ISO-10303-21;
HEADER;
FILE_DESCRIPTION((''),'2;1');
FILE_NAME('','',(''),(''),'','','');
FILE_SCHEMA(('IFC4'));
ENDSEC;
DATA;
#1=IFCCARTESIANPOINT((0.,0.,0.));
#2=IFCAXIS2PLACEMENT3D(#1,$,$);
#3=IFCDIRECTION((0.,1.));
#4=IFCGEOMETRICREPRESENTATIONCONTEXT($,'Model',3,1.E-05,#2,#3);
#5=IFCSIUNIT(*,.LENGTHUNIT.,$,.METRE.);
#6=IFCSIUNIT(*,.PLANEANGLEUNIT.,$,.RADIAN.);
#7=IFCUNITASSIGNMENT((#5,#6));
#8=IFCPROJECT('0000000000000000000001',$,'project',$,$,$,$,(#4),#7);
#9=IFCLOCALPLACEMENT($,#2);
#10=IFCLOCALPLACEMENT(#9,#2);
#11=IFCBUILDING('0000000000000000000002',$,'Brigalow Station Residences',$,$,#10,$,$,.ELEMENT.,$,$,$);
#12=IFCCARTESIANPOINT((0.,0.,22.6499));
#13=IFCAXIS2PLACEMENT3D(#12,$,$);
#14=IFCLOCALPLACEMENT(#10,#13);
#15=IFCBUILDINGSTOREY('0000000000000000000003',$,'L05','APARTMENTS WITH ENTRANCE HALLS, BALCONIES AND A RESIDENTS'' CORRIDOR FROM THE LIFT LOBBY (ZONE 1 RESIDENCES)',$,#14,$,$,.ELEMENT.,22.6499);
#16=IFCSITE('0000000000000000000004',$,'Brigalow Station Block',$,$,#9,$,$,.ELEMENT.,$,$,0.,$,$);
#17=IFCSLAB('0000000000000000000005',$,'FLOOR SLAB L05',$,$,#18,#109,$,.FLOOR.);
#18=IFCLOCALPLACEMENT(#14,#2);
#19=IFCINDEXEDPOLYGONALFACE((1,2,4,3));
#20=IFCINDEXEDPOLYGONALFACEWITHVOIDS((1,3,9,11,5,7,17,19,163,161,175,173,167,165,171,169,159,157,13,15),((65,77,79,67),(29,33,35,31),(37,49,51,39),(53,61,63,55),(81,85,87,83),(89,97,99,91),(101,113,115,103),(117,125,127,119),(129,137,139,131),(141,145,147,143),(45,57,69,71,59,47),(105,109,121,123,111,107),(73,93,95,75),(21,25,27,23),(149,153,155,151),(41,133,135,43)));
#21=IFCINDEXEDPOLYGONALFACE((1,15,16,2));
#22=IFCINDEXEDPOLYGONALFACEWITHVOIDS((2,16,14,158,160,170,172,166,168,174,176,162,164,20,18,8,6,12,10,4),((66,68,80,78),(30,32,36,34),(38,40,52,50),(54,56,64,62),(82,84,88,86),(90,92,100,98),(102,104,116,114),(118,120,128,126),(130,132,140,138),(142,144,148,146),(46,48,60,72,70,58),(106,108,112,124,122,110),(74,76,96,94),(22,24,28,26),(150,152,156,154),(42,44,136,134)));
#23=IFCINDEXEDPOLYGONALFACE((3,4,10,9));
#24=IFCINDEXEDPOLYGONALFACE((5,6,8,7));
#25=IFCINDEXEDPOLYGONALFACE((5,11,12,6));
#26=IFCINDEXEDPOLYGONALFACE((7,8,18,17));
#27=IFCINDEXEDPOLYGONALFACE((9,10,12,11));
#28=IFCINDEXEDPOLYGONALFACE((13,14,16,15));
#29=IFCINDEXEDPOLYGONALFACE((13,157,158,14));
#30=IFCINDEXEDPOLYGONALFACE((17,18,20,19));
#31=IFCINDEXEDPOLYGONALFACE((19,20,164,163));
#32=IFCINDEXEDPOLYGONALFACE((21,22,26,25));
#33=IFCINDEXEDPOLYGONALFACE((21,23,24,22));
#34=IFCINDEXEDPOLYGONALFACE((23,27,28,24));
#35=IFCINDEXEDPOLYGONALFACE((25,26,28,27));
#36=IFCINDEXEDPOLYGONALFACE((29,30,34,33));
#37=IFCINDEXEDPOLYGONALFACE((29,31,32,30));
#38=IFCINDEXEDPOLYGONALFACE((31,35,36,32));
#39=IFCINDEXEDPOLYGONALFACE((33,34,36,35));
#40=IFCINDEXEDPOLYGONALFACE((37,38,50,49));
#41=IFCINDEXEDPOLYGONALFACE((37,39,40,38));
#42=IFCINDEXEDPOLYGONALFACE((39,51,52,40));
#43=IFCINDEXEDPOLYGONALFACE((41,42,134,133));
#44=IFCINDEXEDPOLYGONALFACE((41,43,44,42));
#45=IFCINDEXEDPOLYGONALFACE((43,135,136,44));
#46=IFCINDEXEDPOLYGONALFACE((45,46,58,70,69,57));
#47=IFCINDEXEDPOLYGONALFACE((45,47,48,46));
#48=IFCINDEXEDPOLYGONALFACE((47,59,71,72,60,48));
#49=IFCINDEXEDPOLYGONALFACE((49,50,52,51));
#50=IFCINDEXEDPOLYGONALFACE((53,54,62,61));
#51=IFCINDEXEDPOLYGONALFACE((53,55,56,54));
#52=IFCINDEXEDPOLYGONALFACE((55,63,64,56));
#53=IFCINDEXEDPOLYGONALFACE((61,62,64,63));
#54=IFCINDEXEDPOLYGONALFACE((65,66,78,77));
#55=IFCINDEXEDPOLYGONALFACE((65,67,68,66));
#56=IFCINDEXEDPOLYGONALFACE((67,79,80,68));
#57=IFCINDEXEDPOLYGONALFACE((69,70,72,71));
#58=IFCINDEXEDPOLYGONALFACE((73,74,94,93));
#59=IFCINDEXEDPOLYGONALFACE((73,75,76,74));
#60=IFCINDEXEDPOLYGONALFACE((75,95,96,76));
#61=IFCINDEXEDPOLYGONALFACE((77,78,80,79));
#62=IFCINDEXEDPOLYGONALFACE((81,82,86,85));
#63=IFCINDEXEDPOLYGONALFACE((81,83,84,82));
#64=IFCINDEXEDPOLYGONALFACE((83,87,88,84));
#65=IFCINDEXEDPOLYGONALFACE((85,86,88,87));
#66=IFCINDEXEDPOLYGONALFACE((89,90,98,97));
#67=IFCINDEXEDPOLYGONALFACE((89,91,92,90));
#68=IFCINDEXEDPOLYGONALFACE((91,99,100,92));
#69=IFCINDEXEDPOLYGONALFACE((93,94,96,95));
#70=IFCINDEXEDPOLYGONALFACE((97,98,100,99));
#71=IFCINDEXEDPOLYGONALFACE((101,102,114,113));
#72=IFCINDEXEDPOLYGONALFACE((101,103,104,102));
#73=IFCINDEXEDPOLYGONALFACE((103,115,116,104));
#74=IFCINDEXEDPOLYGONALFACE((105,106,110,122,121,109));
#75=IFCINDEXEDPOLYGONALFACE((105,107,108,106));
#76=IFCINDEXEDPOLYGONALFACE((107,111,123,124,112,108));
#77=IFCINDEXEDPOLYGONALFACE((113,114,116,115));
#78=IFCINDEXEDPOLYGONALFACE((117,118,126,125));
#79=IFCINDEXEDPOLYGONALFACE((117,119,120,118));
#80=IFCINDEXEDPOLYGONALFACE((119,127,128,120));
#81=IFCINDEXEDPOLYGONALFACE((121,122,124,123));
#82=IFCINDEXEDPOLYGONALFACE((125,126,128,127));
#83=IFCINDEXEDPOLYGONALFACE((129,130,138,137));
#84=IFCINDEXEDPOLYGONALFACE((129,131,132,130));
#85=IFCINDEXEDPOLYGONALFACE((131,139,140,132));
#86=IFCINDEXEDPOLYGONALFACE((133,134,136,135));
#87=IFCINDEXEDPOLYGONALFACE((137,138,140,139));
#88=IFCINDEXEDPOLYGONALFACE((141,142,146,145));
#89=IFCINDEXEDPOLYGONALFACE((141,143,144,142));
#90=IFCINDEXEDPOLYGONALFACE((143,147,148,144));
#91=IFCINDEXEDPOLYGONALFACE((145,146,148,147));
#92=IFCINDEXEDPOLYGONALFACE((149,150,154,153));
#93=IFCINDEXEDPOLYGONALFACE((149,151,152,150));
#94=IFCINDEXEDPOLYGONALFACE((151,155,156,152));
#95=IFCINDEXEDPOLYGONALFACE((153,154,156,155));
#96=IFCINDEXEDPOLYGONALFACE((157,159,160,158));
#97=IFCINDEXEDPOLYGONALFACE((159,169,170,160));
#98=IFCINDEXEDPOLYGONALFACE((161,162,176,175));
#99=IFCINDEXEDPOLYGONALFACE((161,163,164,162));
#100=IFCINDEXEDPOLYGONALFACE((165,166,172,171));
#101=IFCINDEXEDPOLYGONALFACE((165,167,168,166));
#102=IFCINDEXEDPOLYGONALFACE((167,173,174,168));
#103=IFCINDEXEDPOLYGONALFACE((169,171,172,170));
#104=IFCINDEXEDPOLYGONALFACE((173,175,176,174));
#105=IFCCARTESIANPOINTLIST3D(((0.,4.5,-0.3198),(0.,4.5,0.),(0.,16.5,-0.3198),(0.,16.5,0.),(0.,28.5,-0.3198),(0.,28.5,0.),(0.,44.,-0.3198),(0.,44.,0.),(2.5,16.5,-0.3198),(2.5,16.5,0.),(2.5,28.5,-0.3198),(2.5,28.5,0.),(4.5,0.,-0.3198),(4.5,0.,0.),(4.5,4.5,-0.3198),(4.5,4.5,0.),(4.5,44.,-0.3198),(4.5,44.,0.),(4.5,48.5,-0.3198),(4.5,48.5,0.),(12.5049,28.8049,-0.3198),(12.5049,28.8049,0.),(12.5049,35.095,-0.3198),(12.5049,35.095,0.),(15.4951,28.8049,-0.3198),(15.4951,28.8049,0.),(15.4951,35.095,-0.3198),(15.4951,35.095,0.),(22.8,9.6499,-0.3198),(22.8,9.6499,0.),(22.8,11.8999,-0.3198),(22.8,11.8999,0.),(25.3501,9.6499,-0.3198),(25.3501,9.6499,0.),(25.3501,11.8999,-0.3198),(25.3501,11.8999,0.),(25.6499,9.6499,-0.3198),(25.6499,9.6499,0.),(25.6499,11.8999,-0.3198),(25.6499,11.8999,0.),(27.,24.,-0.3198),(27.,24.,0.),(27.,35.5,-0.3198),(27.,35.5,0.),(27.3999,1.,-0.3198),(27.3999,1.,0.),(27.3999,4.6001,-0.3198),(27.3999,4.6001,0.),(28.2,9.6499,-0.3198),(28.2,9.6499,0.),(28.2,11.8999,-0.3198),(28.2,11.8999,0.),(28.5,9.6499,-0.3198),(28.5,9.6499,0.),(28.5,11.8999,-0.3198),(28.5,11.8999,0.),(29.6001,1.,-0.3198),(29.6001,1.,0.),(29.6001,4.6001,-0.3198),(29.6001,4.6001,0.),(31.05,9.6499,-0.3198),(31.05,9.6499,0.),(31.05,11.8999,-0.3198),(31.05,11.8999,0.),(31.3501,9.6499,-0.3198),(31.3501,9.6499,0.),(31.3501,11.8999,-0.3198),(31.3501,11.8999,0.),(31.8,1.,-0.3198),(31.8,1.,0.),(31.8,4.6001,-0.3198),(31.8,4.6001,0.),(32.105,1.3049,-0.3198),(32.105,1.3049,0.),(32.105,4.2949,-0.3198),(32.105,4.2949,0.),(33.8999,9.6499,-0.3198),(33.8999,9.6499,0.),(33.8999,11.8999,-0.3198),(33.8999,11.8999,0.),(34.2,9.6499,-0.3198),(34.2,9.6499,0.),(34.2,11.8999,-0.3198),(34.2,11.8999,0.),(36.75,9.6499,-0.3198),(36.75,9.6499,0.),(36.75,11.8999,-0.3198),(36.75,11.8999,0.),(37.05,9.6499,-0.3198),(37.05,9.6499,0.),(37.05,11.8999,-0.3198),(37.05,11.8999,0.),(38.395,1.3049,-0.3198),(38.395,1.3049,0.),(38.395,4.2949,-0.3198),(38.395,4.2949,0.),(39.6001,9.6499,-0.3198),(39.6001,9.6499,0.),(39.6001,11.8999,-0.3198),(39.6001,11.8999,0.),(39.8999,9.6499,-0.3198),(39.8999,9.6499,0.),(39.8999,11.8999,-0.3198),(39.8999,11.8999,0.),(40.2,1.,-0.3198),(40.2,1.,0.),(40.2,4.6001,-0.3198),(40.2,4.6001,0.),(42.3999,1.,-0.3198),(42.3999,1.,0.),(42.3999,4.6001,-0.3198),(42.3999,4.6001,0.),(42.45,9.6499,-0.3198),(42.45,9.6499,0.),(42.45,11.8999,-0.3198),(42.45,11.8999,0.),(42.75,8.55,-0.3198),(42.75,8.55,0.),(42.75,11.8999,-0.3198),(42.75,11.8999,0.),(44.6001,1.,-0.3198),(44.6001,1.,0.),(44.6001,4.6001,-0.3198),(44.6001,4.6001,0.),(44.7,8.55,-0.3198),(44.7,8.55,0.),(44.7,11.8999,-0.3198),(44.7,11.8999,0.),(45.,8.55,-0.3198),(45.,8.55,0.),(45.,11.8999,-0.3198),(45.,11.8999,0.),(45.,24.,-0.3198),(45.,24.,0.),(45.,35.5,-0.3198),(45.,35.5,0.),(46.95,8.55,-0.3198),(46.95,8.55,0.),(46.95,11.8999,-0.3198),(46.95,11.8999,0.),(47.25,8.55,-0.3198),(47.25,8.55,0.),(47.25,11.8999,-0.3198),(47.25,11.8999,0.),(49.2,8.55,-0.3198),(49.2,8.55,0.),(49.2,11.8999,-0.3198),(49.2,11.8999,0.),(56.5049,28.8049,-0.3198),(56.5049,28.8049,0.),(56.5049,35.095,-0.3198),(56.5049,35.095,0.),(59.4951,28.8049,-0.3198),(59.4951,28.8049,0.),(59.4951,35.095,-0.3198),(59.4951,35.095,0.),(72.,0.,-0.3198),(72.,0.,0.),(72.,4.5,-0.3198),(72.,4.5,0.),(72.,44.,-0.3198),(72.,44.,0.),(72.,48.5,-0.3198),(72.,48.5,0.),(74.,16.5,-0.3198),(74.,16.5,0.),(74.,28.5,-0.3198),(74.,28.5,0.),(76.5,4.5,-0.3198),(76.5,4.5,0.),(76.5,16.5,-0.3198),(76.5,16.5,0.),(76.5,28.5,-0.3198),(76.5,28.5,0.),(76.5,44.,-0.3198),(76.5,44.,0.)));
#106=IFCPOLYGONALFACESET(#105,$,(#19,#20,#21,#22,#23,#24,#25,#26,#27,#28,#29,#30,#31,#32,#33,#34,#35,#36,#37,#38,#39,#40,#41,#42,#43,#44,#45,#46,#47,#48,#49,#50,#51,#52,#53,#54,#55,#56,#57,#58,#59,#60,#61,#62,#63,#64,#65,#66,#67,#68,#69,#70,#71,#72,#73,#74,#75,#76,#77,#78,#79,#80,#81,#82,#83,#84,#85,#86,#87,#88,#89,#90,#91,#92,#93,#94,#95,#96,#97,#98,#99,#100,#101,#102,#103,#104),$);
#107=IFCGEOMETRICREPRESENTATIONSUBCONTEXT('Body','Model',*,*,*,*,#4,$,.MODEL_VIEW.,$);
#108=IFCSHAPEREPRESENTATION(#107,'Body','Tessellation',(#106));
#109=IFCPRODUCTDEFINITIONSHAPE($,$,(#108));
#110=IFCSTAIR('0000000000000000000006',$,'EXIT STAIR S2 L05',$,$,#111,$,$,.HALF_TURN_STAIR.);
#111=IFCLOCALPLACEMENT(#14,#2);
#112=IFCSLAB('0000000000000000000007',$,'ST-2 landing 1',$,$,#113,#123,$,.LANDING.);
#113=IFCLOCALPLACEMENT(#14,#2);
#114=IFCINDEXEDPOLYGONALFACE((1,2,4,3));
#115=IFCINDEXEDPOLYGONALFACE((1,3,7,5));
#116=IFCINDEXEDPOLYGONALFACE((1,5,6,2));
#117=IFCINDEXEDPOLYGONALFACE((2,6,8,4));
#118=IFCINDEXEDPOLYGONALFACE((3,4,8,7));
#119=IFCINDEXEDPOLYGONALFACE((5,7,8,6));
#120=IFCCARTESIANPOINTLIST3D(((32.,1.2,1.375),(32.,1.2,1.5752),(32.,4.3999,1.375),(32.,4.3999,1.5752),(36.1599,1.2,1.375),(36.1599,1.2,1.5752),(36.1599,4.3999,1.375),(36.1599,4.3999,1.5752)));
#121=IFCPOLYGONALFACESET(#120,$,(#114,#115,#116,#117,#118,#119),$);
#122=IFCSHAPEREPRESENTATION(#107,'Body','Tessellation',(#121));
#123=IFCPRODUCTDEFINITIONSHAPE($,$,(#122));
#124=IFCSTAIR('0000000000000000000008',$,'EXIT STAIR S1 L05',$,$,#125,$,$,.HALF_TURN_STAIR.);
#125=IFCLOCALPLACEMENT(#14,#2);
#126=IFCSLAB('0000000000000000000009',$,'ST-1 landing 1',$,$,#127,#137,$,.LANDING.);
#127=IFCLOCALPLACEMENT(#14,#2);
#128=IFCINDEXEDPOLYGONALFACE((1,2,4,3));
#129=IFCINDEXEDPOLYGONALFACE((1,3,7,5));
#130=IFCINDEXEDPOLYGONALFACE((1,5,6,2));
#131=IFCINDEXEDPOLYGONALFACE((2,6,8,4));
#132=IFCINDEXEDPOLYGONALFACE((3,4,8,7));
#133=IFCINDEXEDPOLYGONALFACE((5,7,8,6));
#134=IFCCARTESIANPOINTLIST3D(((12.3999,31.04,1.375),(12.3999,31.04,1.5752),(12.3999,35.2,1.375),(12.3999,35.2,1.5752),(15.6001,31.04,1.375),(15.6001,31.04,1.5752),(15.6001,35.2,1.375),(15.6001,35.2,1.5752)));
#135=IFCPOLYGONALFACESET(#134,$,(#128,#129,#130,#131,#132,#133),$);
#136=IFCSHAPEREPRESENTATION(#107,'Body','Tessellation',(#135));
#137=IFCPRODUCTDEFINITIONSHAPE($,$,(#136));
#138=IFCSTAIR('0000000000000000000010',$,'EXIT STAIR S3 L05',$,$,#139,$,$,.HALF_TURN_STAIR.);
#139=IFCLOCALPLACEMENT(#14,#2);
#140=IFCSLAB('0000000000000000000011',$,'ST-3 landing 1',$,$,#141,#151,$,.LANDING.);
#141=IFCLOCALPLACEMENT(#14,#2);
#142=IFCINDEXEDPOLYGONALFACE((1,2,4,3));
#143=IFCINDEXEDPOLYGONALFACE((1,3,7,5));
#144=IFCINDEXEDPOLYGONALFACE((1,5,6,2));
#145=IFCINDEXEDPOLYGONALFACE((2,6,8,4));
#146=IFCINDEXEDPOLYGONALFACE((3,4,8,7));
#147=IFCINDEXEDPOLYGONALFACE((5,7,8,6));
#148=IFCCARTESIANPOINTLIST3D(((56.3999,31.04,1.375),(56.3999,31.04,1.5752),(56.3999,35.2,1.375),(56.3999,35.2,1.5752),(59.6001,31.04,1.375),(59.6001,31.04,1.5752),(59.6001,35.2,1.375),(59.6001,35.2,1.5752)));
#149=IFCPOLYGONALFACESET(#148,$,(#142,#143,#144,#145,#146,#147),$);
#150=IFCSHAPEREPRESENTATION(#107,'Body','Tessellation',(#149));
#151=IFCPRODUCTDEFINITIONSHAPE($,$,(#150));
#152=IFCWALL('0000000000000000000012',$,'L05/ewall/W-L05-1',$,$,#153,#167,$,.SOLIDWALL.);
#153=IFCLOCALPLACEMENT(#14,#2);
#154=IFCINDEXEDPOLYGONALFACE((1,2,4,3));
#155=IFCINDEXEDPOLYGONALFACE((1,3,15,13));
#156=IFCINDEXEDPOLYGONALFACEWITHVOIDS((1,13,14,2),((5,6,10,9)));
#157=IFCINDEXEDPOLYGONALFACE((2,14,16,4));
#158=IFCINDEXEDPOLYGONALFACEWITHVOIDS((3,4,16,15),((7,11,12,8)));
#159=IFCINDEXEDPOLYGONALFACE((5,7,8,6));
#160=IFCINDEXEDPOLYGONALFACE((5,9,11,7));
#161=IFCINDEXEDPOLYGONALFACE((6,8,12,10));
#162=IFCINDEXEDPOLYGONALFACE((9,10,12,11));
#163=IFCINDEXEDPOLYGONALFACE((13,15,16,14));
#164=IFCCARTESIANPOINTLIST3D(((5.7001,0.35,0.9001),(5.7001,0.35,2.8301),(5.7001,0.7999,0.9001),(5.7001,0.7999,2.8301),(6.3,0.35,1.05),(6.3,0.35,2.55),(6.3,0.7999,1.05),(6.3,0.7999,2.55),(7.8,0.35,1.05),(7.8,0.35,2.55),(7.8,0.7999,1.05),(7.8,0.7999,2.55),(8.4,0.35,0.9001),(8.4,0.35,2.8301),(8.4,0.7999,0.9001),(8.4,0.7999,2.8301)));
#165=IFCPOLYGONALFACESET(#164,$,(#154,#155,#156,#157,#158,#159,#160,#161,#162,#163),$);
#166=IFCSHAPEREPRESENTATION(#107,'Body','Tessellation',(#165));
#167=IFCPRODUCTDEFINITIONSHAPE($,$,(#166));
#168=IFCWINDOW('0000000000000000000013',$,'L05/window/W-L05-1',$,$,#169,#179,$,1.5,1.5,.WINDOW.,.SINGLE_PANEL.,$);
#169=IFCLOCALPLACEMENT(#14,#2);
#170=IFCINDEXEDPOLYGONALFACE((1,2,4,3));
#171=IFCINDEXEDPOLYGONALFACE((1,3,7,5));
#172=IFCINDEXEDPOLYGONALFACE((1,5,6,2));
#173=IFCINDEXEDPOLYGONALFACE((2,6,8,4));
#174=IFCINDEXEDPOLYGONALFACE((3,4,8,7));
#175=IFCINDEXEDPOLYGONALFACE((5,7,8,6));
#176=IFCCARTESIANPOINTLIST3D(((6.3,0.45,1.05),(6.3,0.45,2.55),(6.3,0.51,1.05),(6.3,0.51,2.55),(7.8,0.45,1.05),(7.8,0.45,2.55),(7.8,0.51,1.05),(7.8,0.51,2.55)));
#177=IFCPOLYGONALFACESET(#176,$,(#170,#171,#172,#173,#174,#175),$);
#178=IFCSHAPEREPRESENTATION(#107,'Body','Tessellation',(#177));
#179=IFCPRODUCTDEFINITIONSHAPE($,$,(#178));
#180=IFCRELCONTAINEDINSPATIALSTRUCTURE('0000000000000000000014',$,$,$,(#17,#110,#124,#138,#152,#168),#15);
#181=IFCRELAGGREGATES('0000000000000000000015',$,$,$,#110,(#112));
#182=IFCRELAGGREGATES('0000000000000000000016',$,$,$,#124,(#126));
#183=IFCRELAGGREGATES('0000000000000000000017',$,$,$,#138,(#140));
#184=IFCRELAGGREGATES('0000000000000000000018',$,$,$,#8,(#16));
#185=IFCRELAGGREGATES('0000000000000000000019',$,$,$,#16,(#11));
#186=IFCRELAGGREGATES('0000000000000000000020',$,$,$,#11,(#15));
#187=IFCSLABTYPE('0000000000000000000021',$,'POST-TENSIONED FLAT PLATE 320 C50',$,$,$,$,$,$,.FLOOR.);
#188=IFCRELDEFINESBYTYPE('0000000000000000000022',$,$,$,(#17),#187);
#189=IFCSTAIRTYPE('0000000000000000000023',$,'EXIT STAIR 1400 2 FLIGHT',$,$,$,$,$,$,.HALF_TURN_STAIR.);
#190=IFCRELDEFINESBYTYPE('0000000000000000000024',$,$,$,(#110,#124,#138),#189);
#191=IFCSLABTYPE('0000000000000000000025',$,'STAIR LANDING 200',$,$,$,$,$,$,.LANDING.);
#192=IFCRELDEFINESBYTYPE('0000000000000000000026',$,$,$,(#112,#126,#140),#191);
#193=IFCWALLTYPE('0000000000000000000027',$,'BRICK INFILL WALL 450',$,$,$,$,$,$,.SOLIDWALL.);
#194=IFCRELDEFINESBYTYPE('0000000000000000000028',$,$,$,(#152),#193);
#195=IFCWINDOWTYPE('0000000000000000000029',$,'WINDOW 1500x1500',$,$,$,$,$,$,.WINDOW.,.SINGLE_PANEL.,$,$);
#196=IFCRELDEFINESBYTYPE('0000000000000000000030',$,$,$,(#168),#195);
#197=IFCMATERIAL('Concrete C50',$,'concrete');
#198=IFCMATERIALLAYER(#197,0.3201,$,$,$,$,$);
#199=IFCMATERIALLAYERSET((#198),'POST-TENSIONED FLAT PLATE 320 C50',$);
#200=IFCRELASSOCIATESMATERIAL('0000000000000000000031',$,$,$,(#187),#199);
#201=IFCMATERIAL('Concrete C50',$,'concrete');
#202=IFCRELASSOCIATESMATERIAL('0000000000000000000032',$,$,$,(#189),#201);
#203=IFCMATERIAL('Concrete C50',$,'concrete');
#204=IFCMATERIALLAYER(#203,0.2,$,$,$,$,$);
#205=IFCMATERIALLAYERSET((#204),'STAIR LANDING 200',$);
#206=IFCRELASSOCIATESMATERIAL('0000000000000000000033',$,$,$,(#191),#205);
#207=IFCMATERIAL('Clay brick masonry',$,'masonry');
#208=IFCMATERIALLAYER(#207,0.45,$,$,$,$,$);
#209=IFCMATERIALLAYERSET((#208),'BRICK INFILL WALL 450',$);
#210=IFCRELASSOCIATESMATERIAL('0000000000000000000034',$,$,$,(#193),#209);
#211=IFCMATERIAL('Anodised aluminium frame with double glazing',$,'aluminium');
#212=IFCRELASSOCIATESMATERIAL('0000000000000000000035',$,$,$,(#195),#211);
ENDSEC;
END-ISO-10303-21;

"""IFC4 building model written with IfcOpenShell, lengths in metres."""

from ifc_helpers import new_model, si_unit, direction, frame, frame_2d, origin, place, context, subcontext, project, spatial, polyline, rectangle, outline, extrude, material, layer, layer_set, type_object, element, fill, aggregate, save


model = new_model("IFC4")

# Units and contexts
model_context = context("Model", 3, precision=1e-05, world=origin(), true_north=direction((0.0, 1.0)))
body_context = subcontext(model_context, "Body", "Model", "MODEL_VIEW")
ifc_project = project(units=[si_unit("LENGTHUNIT", "METRE"), si_unit("PLANEANGLEUNIT", "RADIAN")], contexts=[model_context])

# Site, building, storey
site_placement = place(None, origin())
site = spatial("IfcSite", under=ifc_project, at=site_placement, Name="Brigalow Station Block", CompositionType="ELEMENT", RefElevation=0.0)
building_placement = place(site_placement, origin())
building = spatial("IfcBuilding", under=site, at=building_placement, Name="Brigalow Station Residences", CompositionType="ELEMENT")
storey_placement = place(building_placement, frame((0.0, 0.0, 22.6499)))
storey = spatial("IfcBuildingStorey", under=building, at=storey_placement, Name="L05", Description="APARTMENTS WITH ENTRANCE HALLS, BALCONIES AND A RESIDENTS' CORRIDOR FROM THE LIFT LOBBY (ZONE 1 RESIDENCES)", CompositionType="ELEMENT", Elevation=22.6499)

# Slab
ifc_material_1 = material(Name="Concrete C50", Category="concrete")
ifc_layer_1 = layer(ifc_material_1, 0.3201)
ifc_layer_set_1 = layer_set([ifc_layer_1], Name="POST-TENSIONED FLAT PLATE 320 C50")
slab_type_1 = type_object("IfcSlabType", Name="POST-TENSIONED FLAT PLATE 320 C50", PredefinedType="FLOOR", material=ifc_layer_set_1)
slab_1_placement = place(storey_placement, frame((0.0, 0.0, -0.3198)))
element("IfcSlab", 1, at=slab_1_placement, inside=storey, type_object=slab_type_1, Name="FLOOR SLAB L05", PredefinedType="FLOOR", context=body_context, shape_type="SweptSolid", body=[
    extrude(outline(polyline([(4.5, 0.0), (72.0, 0.0), (72.0, 4.5), (76.5, 4.5), (76.5, 16.5), (74.0, 16.5), (74.0, 28.5), (76.5, 28.5), (76.5, 44.0), (72.0, 44.0), (72.0, 48.5), (4.5, 48.5), (4.5, 44.0), (0.0, 44.0), (0.0, 28.5), (2.5, 28.5), (2.5, 16.5), (0.0, 16.5), (0.0, 4.5), (4.5, 4.5), (4.5, 0.0)]), holes=[polyline([(15.4951, 35.095), (15.4951, 28.8049), (12.5049, 28.8049), (12.5049, 35.095), (15.4951, 35.095)]), polyline([(22.8, 11.8999), (25.3501, 11.8999), (25.3501, 9.6499), (22.8, 9.6499), (22.8, 11.8999)]), polyline([(25.6499, 11.8999), (28.2, 11.8999), (28.2, 9.6499), (25.6499, 9.6499), (25.6499, 11.8999)]), polyline([(28.5, 11.8999), (31.05, 11.8999), (31.05, 9.6499), (28.5, 9.6499), (28.5, 11.8999)]), polyline([(29.6001, 1.0), (27.3999, 1.0), (27.3999, 4.6001), (29.6001, 4.6001), (31.8, 4.6001), (31.8, 1.0), (29.6001, 1.0)]), polyline([(31.3501, 11.8999), (33.8999, 11.8999), (33.8999, 9.6499), (31.3501, 9.6499), (31.3501, 11.8999)]), polyline([(32.105, 4.2949), (38.395, 4.2949), (38.395, 1.3049), (32.105, 1.3049), (32.105, 4.2949)]), polyline([(36.75, 11.8999), (36.75, 9.6499), (34.2, 9.6499), (34.2, 11.8999), (36.75, 11.8999)]), polyline([(37.05, 11.8999), (39.6001, 11.8999), (39.6001, 9.6499), (37.05, 9.6499), (37.05, 11.8999)]), polyline([(39.8999, 11.8999), (42.45, 11.8999), (42.45, 9.6499), (39.8999, 9.6499), (39.8999, 11.8999)]), polyline([(42.3999, 1.0), (40.2, 1.0), (40.2, 4.6001), (42.3999, 4.6001), (44.6001, 4.6001), (44.6001, 1.0), (42.3999, 1.0)]), polyline([(42.75, 11.8999), (44.7, 11.8999), (44.7, 8.55), (42.75, 8.55), (42.75, 11.8999)]), polyline([(45.0, 11.8999), (46.95, 11.8999), (46.95, 8.55), (45.0, 8.55), (45.0, 11.8999)]), polyline([(45.0, 35.5), (45.0, 24.0), (27.0, 24.0), (27.0, 35.5), (45.0, 35.5)]), polyline([(47.25, 11.8999), (49.2, 11.8999), (49.2, 8.55), (47.25, 8.55), (47.25, 11.8999)]), polyline([(59.4951, 35.095), (59.4951, 28.8049), (56.5049, 28.8049), (56.5049, 35.095), (59.4951, 35.095)])]), origin(), (0.0, 0.0, 1.0), 0.3198),
])

# Stairs, slabs
ifc_material_2 = material(Name="Concrete C50", Category="concrete")
stair_type = type_object("IfcStairType", Name="EXIT STAIR 1400 2 FLIGHT", PredefinedType="HALF_TURN_STAIR", material=ifc_material_2)
stair_1_placement = place(storey_placement, origin())
stair_1 = element("IfcStair", 2, at=stair_1_placement, inside=storey, type_object=stair_type, Name="EXIT STAIR S2 L05", PredefinedType="HALF_TURN_STAIR")
ifc_material_3 = material(Name="Concrete C50", Category="concrete")
ifc_layer_2 = layer(ifc_material_3, 0.2)
ifc_layer_set_2 = layer_set([ifc_layer_2], Name="STAIR LANDING 200")
slab_type_2 = type_object("IfcSlabType", Name="STAIR LANDING 200", PredefinedType="LANDING", material=ifc_layer_set_2)
slab_2_placement = place(storey_placement, frame((0.0, 0.0, 1.375)))
slab_2 = element("IfcSlab", 3, at=slab_2_placement, type_object=slab_type_2, Name="ST-2 landing 1", PredefinedType="LANDING", context=body_context, shape_type="SweptSolid", body=[
    extrude(outline(polyline([(32.0, 1.2), (36.1599, 1.2), (36.1599, 4.3999), (32.0, 4.3999), (32.0, 1.2)])), origin(), (0.0, 0.0, 1.0), 0.2002),
])
aggregate(stair_1, [slab_2])
stair_2_placement = place(storey_placement, origin())
stair_2 = element("IfcStair", 4, at=stair_2_placement, inside=storey, type_object=stair_type, Name="EXIT STAIR S1 L05", PredefinedType="HALF_TURN_STAIR")
slab_3_placement = place(storey_placement, frame((0.0, 0.0, 1.375)))
slab_3 = element("IfcSlab", 5, at=slab_3_placement, type_object=slab_type_2, Name="ST-1 landing 1", PredefinedType="LANDING", context=body_context, shape_type="SweptSolid", body=[
    extrude(outline(polyline([(12.3999, 31.04), (15.6001, 31.04), (15.6001, 35.2), (12.3999, 35.2), (12.3999, 31.04)])), origin(), (0.0, 0.0, 1.0), 0.2002),
])
aggregate(stair_2, [slab_3])
stair_3_placement = place(storey_placement, origin())
stair_3 = element("IfcStair", 6, at=stair_3_placement, inside=storey, type_object=stair_type, Name="EXIT STAIR S3 L05", PredefinedType="HALF_TURN_STAIR")
slab_4_placement = place(storey_placement, frame((0.0, 0.0, 1.375)))
slab_4 = element("IfcSlab", 7, at=slab_4_placement, type_object=slab_type_2, Name="ST-3 landing 1", PredefinedType="LANDING", context=body_context, shape_type="SweptSolid", body=[
    extrude(outline(polyline([(56.3999, 31.04), (59.6001, 31.04), (59.6001, 35.2), (56.3999, 35.2), (56.3999, 31.04)])), origin(), (0.0, 0.0, 1.0), 0.2002),
])
aggregate(stair_3, [slab_4])

# Wall, opening, window
ifc_material_4 = material(Name="Clay brick masonry", Category="masonry")
ifc_layer_3 = layer(ifc_material_4, 0.45)
ifc_layer_set_3 = layer_set([ifc_layer_3], Name="BRICK INFILL WALL 450")
wall_type_1 = type_object("IfcWallType", Name="BRICK INFILL WALL 450", PredefinedType="SOLIDWALL", material=ifc_layer_set_3)
wall_1_placement = place(storey_placement, frame((5.7, 0.575, 0.9001), z_axis=(0.0, 0.0, 1.0), x_axis=(1.0, 0.0, 0.0)))
wall_1 = element("IfcWall", 8, at=wall_1_placement, inside=storey, type_object=wall_type_1, Name="L05/ewall/W-L05-1", PredefinedType="SOLIDWALL", context=body_context, shape_type="SweptSolid", body=[
    extrude(rectangle(XDim=2.7, YDim=0.45, at=frame_2d((1.3501, 0.0))), origin(), (0.0, 0.0, 1.0), 1.9299),
])
opening_1_placement = place(wall_1_placement, frame((0.6001, 0.0, 0.1499)))
opening_1 = element("IfcOpeningElement", 9, at=opening_1_placement, cuts=wall_1, PredefinedType="OPENING", context=body_context, shape_type="SweptSolid", body=[
    extrude(rectangle(XDim=1.5, YDim=1.5, at=frame_2d((0.75, 0.75))), frame((0.0, 0.2349, 0.0), z_axis=(0.0, -1.0, 0.0), x_axis=(1.0, 0.0, 0.0)), (0.0, 0.0, 1.0), 0.47),
])
ifc_material_5 = material(Name="Anodised aluminium frame with double glazing", Category="aluminium")
window_type_1 = type_object("IfcWindowType", Name="WINDOW 1500x1500", PartitioningType="SINGLE_PANEL", PredefinedType="WINDOW", material=ifc_material_5)
window_1_placement = place(opening_1_placement, origin())
window_1 = element("IfcWindow", 10, at=window_1_placement, inside=storey, type_object=window_type_1, Name="L05/window/W-L05-1", OverallHeight=1.5, OverallWidth=1.5, PartitioningType="SINGLE_PANEL", PredefinedType="WINDOW", context=body_context, shape_type="SweptSolid", body=[
    extrude(rectangle(XDim=1.5, YDim=1.5, at=frame_2d((0.75, 0.75))), frame((0.0, -0.0649, 0.0), z_axis=(0.0, -1.0, 0.0), x_axis=(1.0, 0.0, 0.0)), (0.0, 0.0, 1.0), 0.0601),
])
fill(opening_1, window_1)

save(model, "model.ifc")
